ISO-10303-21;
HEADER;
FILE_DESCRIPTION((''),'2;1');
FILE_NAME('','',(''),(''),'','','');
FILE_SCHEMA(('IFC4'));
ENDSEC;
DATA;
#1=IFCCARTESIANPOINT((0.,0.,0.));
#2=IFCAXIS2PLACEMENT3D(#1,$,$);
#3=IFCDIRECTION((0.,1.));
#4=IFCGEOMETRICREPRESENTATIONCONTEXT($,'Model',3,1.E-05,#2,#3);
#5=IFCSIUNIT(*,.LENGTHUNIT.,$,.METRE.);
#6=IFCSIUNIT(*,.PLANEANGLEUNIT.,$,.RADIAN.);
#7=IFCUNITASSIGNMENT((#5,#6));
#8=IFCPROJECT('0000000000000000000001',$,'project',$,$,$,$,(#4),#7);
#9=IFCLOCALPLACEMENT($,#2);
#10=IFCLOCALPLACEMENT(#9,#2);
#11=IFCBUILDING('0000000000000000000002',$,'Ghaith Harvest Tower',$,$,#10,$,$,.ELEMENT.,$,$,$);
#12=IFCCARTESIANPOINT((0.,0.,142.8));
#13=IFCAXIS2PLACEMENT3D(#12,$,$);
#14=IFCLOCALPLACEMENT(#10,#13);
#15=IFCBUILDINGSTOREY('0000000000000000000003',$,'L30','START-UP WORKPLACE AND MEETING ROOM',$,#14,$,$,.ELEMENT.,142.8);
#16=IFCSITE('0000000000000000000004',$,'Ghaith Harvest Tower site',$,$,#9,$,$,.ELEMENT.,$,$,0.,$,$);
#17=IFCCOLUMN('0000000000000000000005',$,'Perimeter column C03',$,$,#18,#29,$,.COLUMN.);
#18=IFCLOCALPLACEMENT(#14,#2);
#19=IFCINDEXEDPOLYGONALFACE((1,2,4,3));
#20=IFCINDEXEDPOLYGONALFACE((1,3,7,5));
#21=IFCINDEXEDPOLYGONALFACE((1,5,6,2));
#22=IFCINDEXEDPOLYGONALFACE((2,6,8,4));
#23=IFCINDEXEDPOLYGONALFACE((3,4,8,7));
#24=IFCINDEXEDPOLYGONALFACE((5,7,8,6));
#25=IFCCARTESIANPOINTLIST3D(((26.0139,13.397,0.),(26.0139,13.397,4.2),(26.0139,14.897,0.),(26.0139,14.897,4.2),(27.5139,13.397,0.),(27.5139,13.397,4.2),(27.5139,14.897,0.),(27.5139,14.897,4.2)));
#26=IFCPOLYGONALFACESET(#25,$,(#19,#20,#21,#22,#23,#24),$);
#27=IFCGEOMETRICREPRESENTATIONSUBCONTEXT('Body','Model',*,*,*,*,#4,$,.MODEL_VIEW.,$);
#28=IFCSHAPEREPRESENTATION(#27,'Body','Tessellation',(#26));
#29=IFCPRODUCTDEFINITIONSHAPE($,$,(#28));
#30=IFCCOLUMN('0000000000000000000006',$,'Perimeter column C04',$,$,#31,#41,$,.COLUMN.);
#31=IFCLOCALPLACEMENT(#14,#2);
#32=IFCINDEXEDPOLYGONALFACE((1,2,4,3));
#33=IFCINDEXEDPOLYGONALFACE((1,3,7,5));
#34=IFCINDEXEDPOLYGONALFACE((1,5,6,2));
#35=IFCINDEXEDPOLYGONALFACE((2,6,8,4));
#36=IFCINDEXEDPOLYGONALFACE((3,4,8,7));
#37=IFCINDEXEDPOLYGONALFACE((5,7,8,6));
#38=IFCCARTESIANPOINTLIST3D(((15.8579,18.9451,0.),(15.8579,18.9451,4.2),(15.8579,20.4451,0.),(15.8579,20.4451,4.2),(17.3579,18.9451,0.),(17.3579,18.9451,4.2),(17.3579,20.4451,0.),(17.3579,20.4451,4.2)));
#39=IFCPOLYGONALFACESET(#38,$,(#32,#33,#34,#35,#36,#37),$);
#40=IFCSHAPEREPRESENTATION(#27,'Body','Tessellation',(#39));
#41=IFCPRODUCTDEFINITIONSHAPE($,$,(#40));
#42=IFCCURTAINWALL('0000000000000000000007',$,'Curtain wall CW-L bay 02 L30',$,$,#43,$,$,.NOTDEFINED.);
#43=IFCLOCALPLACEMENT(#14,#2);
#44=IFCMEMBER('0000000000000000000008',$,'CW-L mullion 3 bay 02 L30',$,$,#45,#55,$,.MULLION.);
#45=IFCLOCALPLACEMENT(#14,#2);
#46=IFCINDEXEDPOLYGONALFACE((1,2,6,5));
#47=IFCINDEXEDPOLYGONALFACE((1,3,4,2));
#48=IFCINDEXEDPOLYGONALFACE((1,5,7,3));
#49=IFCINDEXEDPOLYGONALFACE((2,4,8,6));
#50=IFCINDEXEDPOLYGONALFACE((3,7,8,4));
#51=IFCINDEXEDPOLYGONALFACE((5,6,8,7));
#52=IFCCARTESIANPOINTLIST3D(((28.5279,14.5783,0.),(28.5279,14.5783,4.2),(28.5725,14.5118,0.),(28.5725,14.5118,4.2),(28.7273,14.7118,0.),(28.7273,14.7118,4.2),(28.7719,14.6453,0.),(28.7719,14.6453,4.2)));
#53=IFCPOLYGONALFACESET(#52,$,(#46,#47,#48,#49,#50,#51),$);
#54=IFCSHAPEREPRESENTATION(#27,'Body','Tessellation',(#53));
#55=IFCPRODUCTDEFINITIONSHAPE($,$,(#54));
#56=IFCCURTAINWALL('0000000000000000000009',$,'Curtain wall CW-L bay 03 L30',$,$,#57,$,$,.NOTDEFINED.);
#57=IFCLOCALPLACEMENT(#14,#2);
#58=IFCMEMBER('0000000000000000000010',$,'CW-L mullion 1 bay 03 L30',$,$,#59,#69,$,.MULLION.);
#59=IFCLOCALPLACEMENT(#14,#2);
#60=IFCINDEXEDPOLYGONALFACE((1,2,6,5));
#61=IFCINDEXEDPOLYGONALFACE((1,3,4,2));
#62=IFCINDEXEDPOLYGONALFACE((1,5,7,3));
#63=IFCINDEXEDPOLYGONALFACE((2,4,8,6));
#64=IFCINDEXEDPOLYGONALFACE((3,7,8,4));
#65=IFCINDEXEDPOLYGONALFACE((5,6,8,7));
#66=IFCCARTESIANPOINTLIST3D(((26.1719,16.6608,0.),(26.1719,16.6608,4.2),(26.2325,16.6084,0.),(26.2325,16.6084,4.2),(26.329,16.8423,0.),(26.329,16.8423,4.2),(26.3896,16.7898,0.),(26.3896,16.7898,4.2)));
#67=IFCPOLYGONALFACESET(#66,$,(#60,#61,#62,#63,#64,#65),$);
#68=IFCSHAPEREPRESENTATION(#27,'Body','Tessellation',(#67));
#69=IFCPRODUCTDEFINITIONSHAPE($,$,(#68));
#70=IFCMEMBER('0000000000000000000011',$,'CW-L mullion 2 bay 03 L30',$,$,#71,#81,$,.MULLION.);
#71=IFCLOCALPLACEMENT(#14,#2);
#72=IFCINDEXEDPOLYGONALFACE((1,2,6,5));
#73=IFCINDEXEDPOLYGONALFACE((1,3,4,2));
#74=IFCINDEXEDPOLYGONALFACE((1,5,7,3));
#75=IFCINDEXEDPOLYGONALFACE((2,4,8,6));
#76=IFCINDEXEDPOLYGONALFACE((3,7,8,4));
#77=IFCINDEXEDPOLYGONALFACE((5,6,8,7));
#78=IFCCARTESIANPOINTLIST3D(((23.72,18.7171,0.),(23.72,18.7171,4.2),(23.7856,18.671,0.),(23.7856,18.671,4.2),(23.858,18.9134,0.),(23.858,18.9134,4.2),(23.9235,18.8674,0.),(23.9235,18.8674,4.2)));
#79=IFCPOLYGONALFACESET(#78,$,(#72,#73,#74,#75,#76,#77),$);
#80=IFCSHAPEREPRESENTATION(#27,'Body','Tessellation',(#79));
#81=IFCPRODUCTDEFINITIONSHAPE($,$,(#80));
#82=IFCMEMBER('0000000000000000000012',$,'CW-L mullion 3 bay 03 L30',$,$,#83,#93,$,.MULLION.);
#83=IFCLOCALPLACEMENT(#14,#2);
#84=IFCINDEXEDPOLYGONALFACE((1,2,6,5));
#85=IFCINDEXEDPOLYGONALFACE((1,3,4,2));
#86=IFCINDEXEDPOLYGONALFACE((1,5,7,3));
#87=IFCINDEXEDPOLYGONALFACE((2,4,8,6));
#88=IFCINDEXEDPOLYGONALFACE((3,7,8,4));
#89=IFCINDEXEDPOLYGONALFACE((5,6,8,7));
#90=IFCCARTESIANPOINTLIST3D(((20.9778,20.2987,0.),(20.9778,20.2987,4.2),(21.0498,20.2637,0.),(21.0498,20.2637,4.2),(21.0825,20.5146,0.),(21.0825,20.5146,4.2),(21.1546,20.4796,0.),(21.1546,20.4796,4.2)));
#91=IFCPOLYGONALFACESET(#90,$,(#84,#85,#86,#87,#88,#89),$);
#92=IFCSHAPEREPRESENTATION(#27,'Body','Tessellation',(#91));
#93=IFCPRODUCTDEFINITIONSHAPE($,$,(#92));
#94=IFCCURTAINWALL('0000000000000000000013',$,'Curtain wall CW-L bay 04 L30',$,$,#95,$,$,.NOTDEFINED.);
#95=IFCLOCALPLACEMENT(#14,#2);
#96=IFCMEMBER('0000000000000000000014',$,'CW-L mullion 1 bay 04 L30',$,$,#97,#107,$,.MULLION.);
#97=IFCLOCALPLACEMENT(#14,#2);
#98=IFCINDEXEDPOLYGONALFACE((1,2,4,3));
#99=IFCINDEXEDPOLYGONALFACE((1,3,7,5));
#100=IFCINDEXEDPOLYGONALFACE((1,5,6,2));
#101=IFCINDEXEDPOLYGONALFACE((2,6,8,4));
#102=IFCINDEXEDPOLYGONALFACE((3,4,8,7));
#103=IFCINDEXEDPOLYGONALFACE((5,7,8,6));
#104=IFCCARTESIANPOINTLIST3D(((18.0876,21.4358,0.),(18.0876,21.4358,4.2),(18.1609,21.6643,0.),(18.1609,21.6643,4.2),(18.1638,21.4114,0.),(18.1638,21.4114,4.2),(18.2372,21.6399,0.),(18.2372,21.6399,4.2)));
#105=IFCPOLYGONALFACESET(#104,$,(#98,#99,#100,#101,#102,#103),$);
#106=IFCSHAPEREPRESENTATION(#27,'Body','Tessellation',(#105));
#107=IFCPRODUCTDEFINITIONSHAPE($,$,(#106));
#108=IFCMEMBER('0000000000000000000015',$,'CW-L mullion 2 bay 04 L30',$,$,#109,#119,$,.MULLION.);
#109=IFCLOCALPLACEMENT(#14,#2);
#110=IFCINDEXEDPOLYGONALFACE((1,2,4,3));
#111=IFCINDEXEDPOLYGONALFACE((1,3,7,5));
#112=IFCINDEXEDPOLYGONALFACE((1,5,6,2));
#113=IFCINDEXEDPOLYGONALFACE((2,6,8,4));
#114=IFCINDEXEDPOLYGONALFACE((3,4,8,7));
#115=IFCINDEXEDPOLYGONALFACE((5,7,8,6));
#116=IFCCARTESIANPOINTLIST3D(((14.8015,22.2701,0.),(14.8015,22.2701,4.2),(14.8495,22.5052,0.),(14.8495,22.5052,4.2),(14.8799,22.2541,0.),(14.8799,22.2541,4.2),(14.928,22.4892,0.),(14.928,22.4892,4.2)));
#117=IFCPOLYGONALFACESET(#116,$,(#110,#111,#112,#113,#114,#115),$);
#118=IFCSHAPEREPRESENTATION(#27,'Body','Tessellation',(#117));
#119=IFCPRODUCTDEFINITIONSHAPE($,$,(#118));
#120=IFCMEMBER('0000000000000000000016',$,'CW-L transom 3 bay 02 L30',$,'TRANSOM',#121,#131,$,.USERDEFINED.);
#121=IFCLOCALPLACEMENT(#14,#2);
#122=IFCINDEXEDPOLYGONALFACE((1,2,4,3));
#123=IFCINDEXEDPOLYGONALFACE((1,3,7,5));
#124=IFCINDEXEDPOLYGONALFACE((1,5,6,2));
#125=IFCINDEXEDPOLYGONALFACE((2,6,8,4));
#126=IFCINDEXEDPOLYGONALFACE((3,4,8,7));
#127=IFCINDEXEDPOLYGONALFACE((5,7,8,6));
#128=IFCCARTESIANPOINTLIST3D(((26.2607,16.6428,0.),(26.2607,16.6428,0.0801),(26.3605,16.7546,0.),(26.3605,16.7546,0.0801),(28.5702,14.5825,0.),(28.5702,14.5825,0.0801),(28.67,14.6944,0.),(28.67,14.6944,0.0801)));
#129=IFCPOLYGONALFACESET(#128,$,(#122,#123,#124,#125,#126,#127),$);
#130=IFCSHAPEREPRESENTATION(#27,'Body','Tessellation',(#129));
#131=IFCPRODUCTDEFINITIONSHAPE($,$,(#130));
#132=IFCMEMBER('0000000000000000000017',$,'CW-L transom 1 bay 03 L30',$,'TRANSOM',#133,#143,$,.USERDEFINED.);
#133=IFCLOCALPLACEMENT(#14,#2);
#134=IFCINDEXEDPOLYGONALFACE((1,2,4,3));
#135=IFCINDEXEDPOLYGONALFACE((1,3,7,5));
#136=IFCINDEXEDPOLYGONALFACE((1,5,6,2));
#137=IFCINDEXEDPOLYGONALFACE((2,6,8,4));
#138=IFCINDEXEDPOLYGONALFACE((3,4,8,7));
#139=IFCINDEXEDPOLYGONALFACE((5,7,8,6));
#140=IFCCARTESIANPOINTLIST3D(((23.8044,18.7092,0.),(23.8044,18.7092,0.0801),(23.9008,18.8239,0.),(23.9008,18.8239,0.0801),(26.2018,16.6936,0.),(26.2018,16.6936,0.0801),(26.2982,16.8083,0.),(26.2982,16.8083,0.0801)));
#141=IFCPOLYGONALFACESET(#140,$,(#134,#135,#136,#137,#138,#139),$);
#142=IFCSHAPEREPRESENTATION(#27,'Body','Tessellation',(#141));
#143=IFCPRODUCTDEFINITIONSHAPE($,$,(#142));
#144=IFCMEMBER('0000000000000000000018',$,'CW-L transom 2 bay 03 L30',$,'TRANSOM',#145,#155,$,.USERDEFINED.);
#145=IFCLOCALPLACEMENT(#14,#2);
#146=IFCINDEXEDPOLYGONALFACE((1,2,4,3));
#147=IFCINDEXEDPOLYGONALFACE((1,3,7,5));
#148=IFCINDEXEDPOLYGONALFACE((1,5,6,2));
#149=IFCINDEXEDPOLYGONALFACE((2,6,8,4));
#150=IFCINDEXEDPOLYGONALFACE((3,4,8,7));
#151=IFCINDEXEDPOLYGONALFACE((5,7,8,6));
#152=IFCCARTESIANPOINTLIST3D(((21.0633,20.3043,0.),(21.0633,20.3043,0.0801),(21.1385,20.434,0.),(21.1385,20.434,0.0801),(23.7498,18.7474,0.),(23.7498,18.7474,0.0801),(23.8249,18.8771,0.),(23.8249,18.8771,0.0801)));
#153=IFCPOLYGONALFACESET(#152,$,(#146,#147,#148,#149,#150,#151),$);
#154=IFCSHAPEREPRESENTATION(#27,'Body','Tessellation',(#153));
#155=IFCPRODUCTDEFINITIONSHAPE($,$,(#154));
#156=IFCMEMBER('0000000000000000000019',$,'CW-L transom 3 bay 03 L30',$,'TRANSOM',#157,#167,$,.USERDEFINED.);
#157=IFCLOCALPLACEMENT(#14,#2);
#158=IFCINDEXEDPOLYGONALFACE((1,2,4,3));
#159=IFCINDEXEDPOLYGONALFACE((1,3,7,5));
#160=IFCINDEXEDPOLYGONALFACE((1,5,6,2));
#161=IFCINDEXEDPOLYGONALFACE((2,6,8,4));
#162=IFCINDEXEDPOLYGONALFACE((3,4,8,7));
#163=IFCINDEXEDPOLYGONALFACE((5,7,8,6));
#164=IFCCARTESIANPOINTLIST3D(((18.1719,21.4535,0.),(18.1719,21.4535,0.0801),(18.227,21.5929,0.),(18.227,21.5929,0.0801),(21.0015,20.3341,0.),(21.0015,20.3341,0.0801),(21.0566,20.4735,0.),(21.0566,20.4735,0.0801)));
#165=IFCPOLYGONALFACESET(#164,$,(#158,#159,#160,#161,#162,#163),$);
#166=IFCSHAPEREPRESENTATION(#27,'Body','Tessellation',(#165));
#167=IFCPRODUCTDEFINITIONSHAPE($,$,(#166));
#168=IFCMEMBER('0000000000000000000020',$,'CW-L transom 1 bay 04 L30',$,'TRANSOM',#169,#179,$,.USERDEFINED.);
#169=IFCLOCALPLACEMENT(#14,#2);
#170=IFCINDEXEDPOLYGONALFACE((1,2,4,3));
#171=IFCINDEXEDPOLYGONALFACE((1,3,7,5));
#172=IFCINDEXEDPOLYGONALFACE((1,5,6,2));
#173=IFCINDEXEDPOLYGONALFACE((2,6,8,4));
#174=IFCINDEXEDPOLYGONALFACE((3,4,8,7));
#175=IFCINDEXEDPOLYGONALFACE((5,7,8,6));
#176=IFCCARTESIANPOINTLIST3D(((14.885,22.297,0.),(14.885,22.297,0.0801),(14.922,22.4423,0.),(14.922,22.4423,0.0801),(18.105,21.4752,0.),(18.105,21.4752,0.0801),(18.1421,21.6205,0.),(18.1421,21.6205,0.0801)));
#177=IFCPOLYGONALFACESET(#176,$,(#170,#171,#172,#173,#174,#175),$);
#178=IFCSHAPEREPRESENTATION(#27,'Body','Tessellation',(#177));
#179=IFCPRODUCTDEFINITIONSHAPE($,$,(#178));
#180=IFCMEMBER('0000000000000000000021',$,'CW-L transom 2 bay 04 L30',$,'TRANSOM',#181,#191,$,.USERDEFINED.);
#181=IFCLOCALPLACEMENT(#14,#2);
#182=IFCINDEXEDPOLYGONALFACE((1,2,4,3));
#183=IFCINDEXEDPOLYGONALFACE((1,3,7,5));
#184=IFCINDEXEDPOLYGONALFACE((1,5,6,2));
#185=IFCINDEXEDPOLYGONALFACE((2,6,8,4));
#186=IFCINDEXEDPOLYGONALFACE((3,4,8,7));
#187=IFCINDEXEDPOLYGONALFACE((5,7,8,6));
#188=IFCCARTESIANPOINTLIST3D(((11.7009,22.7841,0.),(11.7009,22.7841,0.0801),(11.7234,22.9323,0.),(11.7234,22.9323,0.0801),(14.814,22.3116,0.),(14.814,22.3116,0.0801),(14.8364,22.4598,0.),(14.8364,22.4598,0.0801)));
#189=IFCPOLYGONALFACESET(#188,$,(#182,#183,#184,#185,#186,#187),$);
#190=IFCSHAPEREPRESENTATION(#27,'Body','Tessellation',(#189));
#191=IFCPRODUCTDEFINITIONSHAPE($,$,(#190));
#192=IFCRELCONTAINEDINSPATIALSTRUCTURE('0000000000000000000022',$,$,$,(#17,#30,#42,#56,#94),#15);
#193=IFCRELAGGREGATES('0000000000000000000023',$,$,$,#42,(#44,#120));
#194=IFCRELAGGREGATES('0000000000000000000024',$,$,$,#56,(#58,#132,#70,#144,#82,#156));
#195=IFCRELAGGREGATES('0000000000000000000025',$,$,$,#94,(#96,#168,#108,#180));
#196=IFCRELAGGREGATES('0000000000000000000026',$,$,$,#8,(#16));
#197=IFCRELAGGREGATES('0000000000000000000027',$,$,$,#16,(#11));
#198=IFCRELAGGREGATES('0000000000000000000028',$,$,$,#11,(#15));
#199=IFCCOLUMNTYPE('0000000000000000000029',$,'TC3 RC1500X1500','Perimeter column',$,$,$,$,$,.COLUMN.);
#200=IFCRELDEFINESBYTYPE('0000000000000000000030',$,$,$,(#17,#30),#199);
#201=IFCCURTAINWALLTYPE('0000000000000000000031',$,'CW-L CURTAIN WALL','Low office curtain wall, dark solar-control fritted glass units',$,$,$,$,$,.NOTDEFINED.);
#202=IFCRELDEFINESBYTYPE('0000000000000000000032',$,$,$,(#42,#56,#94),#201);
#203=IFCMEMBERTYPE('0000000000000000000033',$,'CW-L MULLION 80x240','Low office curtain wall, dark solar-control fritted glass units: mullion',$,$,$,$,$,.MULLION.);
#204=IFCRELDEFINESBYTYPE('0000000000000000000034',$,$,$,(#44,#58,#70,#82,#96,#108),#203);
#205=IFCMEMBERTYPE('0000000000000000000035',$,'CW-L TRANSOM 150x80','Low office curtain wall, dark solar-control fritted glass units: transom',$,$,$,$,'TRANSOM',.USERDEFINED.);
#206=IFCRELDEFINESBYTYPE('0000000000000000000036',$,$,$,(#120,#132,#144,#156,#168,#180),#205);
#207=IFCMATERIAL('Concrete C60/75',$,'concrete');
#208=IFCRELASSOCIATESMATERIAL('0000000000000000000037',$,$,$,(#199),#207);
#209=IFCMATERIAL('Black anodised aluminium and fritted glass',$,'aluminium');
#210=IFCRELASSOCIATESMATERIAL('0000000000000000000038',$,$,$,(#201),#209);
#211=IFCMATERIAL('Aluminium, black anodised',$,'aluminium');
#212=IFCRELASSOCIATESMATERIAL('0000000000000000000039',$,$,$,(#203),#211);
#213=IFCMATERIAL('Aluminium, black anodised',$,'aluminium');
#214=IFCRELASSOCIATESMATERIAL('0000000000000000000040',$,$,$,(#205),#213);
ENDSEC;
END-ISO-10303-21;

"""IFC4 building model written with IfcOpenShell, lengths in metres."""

from ifc_helpers import new_model, si_unit, direction, frame, origin, origin_2d, place, context, subcontext, project, spatial, rectangle, extrude, material, material_profile, profile_set, type_object, element, aggregate, save


model = new_model("IFC4")

# Units and contexts
model_context = context("Model", 3, precision=1e-05, world=origin(), true_north=direction((0.0, 1.0)))
body_context = subcontext(model_context, "Body", "Model", "MODEL_VIEW")
ifc_project = project(units=[si_unit("LENGTHUNIT", "METRE"), si_unit("PLANEANGLEUNIT", "RADIAN")], contexts=[model_context])

# Site, building, storey
site_placement = place(None, origin())
site = spatial("IfcSite", under=ifc_project, at=site_placement, Name="Ghaith Harvest Tower site", CompositionType="ELEMENT", RefElevation=0.0)
building_placement = place(site_placement, origin())
building = spatial("IfcBuilding", under=site, at=building_placement, Name="Ghaith Harvest Tower", CompositionType="ELEMENT")
storey_placement = place(building_placement, frame((0.0, 0.0, 142.8)))
storey = spatial("IfcBuildingStorey", under=building, at=storey_placement, Name="L30", Description="START-UP WORKPLACE AND MEETING ROOM", CompositionType="ELEMENT", Elevation=142.8)

# Columns
ifc_material_1 = material(Name="Concrete C60/75", Category="concrete")
ifc_material_profile_1 = material_profile(ifc_material_1, rectangle(XDim=1.5, YDim=1.5, at=origin_2d()), Name="RC1500X1500")
ifc_profile_set_1 = profile_set([ifc_material_profile_1], Name="Concrete C60/75")
column_type = type_object("IfcColumnType", Name="TC3 RC1500X1500", Description="Perimeter column", PredefinedType="COLUMN", material=ifc_profile_set_1)
for number, where, z_axis, x_axis, name in (
    (1, (26.7639, 14.147, 0.0), (0.0, 0.0, 1.0), (1.0, 0.0, 0.0), "Perimeter column C03"),
    (2, (16.6079, 19.6951, 0.0), (0.0, 0.0, 1.0), (1.0, 0.0, 0.0), "Perimeter column C04"),
):
    element("IfcColumn", number, at=place(storey_placement, frame(where, z_axis=z_axis, x_axis=x_axis)), inside=storey, type_object=column_type, Name=name, PredefinedType="COLUMN", context=body_context, shape_type="SweptSolid", body=[
        extrude(rectangle(XDim=1.5, YDim=1.5, at=origin_2d()), origin(), (0.0, 0.0, 1.0), 4.2),
    ])

# Curtain wall, member
ifc_material_2 = material(Name="Black anodised aluminium and fritted glass", Category="aluminium")
curtain_wall_type = type_object("IfcCurtainWallType", Name="CW-L CURTAIN WALL", Description="Low office curtain wall, dark solar-control fritted glass units", PredefinedType="NOTDEFINED", material=ifc_material_2)
curtain_wall_1_placement = place(storey_placement, origin())
curtain_wall_1 = element("IfcCurtainWall", 3, at=curtain_wall_1_placement, inside=storey, type_object=curtain_wall_type, Name="Curtain wall CW-L bay 02 L30", PredefinedType="NOTDEFINED")
ifc_material_3 = material(Name="Aluminium, black anodised", Category="aluminium")
ifc_material_profile_2 = material_profile(ifc_material_3, rectangle(XDim=0.0801, YDim=0.24, at=origin_2d()), Name="CW-L MULLION 80x240")
ifc_profile_set_2 = profile_set([ifc_material_profile_2], Name="Aluminium, black anodised")
member_type_1 = type_object("IfcMemberType", Name="CW-L MULLION 80x240", Description="Low office curtain wall, dark solar-control fritted glass units: mullion", PredefinedType="MULLION", material=ifc_profile_set_2)
member_1_placement = place(storey_placement, frame((28.6499, 14.6118, 0.0), z_axis=(0.0, 0.0, 1.0), x_axis=(-0.556324, 0.830965, 0.0)))
member_1 = element("IfcMember", 4, at=member_1_placement, type_object=member_type_1, Name="CW-L mullion 3 bay 02 L30", PredefinedType="MULLION", context=body_context, shape_type="SweptSolid", body=[
    extrude(rectangle(XDim=0.0801, YDim=0.24, at=origin_2d()), origin(), (0.0, 0.0, 1.0), 4.2),
])

# Curtain walls, members
curtain_wall_2_placement = place(storey_placement, origin())
curtain_wall_2 = element("IfcCurtainWall", 5, at=curtain_wall_2_placement, inside=storey, type_object=curtain_wall_type, Name="Curtain wall CW-L bay 03 L30", PredefinedType="NOTDEFINED")
member_2_placement = place(storey_placement, frame((26.2808, 16.7253, 0.0), z_axis=(0.0, 0.0, 1.0), x_axis=(-0.755999, 0.654572, 0.0)))
member_2 = element("IfcMember", 6, at=member_2_placement, type_object=member_type_1, Name="CW-L mullion 1 bay 03 L30", PredefinedType="MULLION", context=body_context, shape_type="SweptSolid", body=[
    extrude(rectangle(XDim=0.0801, YDim=0.24, at=origin_2d()), origin(), (0.0, 0.0, 1.0), 4.2),
])
member_3_placement = place(storey_placement, frame((23.8218, 18.7922, 0.0), z_axis=(0.0, 0.0, 1.0), x_axis=(-0.818229, 0.574893, 0.0)))
member_3 = element("IfcMember", 7, at=member_3_placement, type_object=member_type_1, Name="CW-L mullion 2 bay 03 L30", PredefinedType="MULLION", context=body_context, shape_type="SweptSolid", body=[
    extrude(rectangle(XDim=0.0801, YDim=0.24, at=origin_2d()), origin(), (0.0, 0.0, 1.0), 4.2),
])
member_4_placement = place(storey_placement, frame((21.0662, 20.3892, 0.0), z_axis=(0.0, 0.0, 1.0), x_axis=(-0.899713, 0.436481, 0.0)))
member_4 = element("IfcMember", 8, at=member_4_placement, type_object=member_type_1, Name="CW-L mullion 3 bay 03 L30", PredefinedType="MULLION", context=body_context, shape_type="SweptSolid", body=[
    extrude(rectangle(XDim=0.0801, YDim=0.24, at=origin_2d()), origin(), (0.0, 0.0, 1.0), 4.2),
])
curtain_wall_3_placement = place(storey_placement, origin())
curtain_wall_3 = element("IfcCurtainWall", 9, at=curtain_wall_3_placement, inside=storey, type_object=curtain_wall_type, Name="Curtain wall CW-L bay 04 L30", PredefinedType="NOTDEFINED")
member_5_placement = place(storey_placement, frame((18.1624, 21.5378, 0.0), z_axis=(0.0, 0.0, 1.0), x_axis=(-0.952152, 0.305624, 0.0)))
member_5 = element("IfcMember", 10, at=member_5_placement, type_object=member_type_1, Name="CW-L mullion 1 bay 04 L30", PredefinedType="MULLION", context=body_context, shape_type="SweptSolid", body=[
    extrude(rectangle(XDim=0.0801, YDim=0.24, at=origin_2d()), origin(), (0.0, 0.0, 1.0), 4.2),
])
member_6_placement = place(storey_placement, frame((14.8647, 22.3796, 0.0), z_axis=(0.0, 0.0, 1.0), x_axis=(-0.979752, 0.200215, 0.0)))
member_6 = element("IfcMember", 11, at=member_6_placement, type_object=member_type_1, Name="CW-L mullion 2 bay 04 L30", PredefinedType="MULLION", context=body_context, shape_type="SweptSolid", body=[
    extrude(rectangle(XDim=0.0801, YDim=0.24, at=origin_2d()), origin(), (0.0, 0.0, 1.0), 4.2),
])

# Members
ifc_material_4 = material(Name="Aluminium, black anodised", Category="aluminium")
ifc_material_profile_3 = material_profile(ifc_material_4, rectangle(XDim=0.1499, YDim=0.0801, at=origin_2d()), Name="CW-L TRANSOM 150x80")
ifc_profile_set_3 = profile_set([ifc_material_profile_3], Name="Aluminium, black anodised")
member_type_2 = type_object("IfcMemberType", Name="CW-L TRANSOM 150x80", Description="Low office curtain wall, dark solar-control fritted glass units: transom", ElementType="TRANSOM", PredefinedType="USERDEFINED", material=ifc_profile_set_3)
member_7_placement = place(storey_placement, frame((28.6201, 14.6384, 0.04), z_axis=(-0.746229, 0.66569, 0.0), x_axis=(-0.66569, -0.746229, 0.0)))
member_7 = element("IfcMember", 12, at=member_7_placement, type_object=member_type_2, Name="CW-L transom 3 bay 02 L30", ObjectType="TRANSOM", PredefinedType="USERDEFINED", context=body_context, shape_type="SweptSolid", body=[
    extrude(rectangle(XDim=0.1499, YDim=0.0801, at=origin_2d()), origin(), (0.0, 0.0, 1.0), 3.095),
])
member_8_placement = place(storey_placement, frame((26.25, 16.751, 0.04), z_axis=(-0.765428, 0.643521, 0.0), x_axis=(-0.643521, -0.765428, 0.0)))
member_8 = element("IfcMember", 13, at=member_8_placement, type_object=member_type_2, Name="CW-L transom 1 bay 03 L30", ObjectType="TRANSOM", PredefinedType="USERDEFINED", context=body_context, shape_type="SweptSolid", body=[
    extrude(rectangle(XDim=0.1499, YDim=0.0801, at=origin_2d()), origin(), (0.0, 0.0, 1.0), 3.1321),
])
member_9_placement = place(storey_placement, frame((23.7874, 18.8123, 0.04), z_axis=(-0.865213, 0.501405, 0.0), x_axis=(-0.501405, -0.865213, 0.0)))
member_9 = element("IfcMember", 14, at=member_9_placement, type_object=member_type_2, Name="CW-L transom 2 bay 03 L30", ObjectType="TRANSOM", PredefinedType="USERDEFINED", context=body_context, shape_type="SweptSolid", body=[
    extrude(rectangle(XDim=0.1499, YDim=0.0801, at=origin_2d()), origin(), (0.0, 0.0, 1.0), 3.105),
])
member_10_placement = place(storey_placement, frame((21.0291, 20.4038, 0.04), z_axis=(-0.929881, 0.367861, 0.0), x_axis=(-0.367861, -0.929881, 0.0)))
member_10 = element("IfcMember", 15, at=member_10_placement, type_object=member_type_2, Name="CW-L transom 3 bay 03 L30", ObjectType="TRANSOM", PredefinedType="USERDEFINED", context=body_context, shape_type="SweptSolid", body=[
    extrude(rectangle(XDim=0.1499, YDim=0.0801, at=origin_2d()), origin(), (0.0, 0.0, 1.0), 3.043),
])
member_11_placement = place(storey_placement, frame((18.1235, 21.5479, 0.04), z_axis=(-0.968942, 0.247286, 0.0), x_axis=(-0.247286, -0.968942, 0.0)))
member_11 = element("IfcMember", 16, at=member_11_placement, type_object=member_type_2, Name="CW-L transom 1 bay 04 L30", ObjectType="TRANSOM", PredefinedType="USERDEFINED", context=body_context, shape_type="SweptSolid", body=[
    extrude(rectangle(XDim=0.1499, YDim=0.0801, at=origin_2d()), origin(), (0.0, 0.0, 1.0), 3.3232),
])
member_12_placement = place(storey_placement, frame((14.8252, 22.3857, 0.04), z_axis=(-0.988681, 0.150035, 0.0), x_axis=(-0.150035, -0.988681, 0.0)))
member_12 = element("IfcMember", 17, at=member_12_placement, type_object=member_type_2, Name="CW-L transom 2 bay 04 L30", ObjectType="TRANSOM", PredefinedType="USERDEFINED", context=body_context, shape_type="SweptSolid", body=[
    extrude(rectangle(XDim=0.1499, YDim=0.0801, at=origin_2d()), origin(), (0.0, 0.0, 1.0), 3.1487),
])

aggregate(curtain_wall_1, [member_1, member_7])
aggregate(curtain_wall_2, [member_2, member_8, member_3, member_9, member_4, member_10])
aggregate(curtain_wall_3, [member_5, member_11, member_6, member_12])

save(model, "model.ifc")
